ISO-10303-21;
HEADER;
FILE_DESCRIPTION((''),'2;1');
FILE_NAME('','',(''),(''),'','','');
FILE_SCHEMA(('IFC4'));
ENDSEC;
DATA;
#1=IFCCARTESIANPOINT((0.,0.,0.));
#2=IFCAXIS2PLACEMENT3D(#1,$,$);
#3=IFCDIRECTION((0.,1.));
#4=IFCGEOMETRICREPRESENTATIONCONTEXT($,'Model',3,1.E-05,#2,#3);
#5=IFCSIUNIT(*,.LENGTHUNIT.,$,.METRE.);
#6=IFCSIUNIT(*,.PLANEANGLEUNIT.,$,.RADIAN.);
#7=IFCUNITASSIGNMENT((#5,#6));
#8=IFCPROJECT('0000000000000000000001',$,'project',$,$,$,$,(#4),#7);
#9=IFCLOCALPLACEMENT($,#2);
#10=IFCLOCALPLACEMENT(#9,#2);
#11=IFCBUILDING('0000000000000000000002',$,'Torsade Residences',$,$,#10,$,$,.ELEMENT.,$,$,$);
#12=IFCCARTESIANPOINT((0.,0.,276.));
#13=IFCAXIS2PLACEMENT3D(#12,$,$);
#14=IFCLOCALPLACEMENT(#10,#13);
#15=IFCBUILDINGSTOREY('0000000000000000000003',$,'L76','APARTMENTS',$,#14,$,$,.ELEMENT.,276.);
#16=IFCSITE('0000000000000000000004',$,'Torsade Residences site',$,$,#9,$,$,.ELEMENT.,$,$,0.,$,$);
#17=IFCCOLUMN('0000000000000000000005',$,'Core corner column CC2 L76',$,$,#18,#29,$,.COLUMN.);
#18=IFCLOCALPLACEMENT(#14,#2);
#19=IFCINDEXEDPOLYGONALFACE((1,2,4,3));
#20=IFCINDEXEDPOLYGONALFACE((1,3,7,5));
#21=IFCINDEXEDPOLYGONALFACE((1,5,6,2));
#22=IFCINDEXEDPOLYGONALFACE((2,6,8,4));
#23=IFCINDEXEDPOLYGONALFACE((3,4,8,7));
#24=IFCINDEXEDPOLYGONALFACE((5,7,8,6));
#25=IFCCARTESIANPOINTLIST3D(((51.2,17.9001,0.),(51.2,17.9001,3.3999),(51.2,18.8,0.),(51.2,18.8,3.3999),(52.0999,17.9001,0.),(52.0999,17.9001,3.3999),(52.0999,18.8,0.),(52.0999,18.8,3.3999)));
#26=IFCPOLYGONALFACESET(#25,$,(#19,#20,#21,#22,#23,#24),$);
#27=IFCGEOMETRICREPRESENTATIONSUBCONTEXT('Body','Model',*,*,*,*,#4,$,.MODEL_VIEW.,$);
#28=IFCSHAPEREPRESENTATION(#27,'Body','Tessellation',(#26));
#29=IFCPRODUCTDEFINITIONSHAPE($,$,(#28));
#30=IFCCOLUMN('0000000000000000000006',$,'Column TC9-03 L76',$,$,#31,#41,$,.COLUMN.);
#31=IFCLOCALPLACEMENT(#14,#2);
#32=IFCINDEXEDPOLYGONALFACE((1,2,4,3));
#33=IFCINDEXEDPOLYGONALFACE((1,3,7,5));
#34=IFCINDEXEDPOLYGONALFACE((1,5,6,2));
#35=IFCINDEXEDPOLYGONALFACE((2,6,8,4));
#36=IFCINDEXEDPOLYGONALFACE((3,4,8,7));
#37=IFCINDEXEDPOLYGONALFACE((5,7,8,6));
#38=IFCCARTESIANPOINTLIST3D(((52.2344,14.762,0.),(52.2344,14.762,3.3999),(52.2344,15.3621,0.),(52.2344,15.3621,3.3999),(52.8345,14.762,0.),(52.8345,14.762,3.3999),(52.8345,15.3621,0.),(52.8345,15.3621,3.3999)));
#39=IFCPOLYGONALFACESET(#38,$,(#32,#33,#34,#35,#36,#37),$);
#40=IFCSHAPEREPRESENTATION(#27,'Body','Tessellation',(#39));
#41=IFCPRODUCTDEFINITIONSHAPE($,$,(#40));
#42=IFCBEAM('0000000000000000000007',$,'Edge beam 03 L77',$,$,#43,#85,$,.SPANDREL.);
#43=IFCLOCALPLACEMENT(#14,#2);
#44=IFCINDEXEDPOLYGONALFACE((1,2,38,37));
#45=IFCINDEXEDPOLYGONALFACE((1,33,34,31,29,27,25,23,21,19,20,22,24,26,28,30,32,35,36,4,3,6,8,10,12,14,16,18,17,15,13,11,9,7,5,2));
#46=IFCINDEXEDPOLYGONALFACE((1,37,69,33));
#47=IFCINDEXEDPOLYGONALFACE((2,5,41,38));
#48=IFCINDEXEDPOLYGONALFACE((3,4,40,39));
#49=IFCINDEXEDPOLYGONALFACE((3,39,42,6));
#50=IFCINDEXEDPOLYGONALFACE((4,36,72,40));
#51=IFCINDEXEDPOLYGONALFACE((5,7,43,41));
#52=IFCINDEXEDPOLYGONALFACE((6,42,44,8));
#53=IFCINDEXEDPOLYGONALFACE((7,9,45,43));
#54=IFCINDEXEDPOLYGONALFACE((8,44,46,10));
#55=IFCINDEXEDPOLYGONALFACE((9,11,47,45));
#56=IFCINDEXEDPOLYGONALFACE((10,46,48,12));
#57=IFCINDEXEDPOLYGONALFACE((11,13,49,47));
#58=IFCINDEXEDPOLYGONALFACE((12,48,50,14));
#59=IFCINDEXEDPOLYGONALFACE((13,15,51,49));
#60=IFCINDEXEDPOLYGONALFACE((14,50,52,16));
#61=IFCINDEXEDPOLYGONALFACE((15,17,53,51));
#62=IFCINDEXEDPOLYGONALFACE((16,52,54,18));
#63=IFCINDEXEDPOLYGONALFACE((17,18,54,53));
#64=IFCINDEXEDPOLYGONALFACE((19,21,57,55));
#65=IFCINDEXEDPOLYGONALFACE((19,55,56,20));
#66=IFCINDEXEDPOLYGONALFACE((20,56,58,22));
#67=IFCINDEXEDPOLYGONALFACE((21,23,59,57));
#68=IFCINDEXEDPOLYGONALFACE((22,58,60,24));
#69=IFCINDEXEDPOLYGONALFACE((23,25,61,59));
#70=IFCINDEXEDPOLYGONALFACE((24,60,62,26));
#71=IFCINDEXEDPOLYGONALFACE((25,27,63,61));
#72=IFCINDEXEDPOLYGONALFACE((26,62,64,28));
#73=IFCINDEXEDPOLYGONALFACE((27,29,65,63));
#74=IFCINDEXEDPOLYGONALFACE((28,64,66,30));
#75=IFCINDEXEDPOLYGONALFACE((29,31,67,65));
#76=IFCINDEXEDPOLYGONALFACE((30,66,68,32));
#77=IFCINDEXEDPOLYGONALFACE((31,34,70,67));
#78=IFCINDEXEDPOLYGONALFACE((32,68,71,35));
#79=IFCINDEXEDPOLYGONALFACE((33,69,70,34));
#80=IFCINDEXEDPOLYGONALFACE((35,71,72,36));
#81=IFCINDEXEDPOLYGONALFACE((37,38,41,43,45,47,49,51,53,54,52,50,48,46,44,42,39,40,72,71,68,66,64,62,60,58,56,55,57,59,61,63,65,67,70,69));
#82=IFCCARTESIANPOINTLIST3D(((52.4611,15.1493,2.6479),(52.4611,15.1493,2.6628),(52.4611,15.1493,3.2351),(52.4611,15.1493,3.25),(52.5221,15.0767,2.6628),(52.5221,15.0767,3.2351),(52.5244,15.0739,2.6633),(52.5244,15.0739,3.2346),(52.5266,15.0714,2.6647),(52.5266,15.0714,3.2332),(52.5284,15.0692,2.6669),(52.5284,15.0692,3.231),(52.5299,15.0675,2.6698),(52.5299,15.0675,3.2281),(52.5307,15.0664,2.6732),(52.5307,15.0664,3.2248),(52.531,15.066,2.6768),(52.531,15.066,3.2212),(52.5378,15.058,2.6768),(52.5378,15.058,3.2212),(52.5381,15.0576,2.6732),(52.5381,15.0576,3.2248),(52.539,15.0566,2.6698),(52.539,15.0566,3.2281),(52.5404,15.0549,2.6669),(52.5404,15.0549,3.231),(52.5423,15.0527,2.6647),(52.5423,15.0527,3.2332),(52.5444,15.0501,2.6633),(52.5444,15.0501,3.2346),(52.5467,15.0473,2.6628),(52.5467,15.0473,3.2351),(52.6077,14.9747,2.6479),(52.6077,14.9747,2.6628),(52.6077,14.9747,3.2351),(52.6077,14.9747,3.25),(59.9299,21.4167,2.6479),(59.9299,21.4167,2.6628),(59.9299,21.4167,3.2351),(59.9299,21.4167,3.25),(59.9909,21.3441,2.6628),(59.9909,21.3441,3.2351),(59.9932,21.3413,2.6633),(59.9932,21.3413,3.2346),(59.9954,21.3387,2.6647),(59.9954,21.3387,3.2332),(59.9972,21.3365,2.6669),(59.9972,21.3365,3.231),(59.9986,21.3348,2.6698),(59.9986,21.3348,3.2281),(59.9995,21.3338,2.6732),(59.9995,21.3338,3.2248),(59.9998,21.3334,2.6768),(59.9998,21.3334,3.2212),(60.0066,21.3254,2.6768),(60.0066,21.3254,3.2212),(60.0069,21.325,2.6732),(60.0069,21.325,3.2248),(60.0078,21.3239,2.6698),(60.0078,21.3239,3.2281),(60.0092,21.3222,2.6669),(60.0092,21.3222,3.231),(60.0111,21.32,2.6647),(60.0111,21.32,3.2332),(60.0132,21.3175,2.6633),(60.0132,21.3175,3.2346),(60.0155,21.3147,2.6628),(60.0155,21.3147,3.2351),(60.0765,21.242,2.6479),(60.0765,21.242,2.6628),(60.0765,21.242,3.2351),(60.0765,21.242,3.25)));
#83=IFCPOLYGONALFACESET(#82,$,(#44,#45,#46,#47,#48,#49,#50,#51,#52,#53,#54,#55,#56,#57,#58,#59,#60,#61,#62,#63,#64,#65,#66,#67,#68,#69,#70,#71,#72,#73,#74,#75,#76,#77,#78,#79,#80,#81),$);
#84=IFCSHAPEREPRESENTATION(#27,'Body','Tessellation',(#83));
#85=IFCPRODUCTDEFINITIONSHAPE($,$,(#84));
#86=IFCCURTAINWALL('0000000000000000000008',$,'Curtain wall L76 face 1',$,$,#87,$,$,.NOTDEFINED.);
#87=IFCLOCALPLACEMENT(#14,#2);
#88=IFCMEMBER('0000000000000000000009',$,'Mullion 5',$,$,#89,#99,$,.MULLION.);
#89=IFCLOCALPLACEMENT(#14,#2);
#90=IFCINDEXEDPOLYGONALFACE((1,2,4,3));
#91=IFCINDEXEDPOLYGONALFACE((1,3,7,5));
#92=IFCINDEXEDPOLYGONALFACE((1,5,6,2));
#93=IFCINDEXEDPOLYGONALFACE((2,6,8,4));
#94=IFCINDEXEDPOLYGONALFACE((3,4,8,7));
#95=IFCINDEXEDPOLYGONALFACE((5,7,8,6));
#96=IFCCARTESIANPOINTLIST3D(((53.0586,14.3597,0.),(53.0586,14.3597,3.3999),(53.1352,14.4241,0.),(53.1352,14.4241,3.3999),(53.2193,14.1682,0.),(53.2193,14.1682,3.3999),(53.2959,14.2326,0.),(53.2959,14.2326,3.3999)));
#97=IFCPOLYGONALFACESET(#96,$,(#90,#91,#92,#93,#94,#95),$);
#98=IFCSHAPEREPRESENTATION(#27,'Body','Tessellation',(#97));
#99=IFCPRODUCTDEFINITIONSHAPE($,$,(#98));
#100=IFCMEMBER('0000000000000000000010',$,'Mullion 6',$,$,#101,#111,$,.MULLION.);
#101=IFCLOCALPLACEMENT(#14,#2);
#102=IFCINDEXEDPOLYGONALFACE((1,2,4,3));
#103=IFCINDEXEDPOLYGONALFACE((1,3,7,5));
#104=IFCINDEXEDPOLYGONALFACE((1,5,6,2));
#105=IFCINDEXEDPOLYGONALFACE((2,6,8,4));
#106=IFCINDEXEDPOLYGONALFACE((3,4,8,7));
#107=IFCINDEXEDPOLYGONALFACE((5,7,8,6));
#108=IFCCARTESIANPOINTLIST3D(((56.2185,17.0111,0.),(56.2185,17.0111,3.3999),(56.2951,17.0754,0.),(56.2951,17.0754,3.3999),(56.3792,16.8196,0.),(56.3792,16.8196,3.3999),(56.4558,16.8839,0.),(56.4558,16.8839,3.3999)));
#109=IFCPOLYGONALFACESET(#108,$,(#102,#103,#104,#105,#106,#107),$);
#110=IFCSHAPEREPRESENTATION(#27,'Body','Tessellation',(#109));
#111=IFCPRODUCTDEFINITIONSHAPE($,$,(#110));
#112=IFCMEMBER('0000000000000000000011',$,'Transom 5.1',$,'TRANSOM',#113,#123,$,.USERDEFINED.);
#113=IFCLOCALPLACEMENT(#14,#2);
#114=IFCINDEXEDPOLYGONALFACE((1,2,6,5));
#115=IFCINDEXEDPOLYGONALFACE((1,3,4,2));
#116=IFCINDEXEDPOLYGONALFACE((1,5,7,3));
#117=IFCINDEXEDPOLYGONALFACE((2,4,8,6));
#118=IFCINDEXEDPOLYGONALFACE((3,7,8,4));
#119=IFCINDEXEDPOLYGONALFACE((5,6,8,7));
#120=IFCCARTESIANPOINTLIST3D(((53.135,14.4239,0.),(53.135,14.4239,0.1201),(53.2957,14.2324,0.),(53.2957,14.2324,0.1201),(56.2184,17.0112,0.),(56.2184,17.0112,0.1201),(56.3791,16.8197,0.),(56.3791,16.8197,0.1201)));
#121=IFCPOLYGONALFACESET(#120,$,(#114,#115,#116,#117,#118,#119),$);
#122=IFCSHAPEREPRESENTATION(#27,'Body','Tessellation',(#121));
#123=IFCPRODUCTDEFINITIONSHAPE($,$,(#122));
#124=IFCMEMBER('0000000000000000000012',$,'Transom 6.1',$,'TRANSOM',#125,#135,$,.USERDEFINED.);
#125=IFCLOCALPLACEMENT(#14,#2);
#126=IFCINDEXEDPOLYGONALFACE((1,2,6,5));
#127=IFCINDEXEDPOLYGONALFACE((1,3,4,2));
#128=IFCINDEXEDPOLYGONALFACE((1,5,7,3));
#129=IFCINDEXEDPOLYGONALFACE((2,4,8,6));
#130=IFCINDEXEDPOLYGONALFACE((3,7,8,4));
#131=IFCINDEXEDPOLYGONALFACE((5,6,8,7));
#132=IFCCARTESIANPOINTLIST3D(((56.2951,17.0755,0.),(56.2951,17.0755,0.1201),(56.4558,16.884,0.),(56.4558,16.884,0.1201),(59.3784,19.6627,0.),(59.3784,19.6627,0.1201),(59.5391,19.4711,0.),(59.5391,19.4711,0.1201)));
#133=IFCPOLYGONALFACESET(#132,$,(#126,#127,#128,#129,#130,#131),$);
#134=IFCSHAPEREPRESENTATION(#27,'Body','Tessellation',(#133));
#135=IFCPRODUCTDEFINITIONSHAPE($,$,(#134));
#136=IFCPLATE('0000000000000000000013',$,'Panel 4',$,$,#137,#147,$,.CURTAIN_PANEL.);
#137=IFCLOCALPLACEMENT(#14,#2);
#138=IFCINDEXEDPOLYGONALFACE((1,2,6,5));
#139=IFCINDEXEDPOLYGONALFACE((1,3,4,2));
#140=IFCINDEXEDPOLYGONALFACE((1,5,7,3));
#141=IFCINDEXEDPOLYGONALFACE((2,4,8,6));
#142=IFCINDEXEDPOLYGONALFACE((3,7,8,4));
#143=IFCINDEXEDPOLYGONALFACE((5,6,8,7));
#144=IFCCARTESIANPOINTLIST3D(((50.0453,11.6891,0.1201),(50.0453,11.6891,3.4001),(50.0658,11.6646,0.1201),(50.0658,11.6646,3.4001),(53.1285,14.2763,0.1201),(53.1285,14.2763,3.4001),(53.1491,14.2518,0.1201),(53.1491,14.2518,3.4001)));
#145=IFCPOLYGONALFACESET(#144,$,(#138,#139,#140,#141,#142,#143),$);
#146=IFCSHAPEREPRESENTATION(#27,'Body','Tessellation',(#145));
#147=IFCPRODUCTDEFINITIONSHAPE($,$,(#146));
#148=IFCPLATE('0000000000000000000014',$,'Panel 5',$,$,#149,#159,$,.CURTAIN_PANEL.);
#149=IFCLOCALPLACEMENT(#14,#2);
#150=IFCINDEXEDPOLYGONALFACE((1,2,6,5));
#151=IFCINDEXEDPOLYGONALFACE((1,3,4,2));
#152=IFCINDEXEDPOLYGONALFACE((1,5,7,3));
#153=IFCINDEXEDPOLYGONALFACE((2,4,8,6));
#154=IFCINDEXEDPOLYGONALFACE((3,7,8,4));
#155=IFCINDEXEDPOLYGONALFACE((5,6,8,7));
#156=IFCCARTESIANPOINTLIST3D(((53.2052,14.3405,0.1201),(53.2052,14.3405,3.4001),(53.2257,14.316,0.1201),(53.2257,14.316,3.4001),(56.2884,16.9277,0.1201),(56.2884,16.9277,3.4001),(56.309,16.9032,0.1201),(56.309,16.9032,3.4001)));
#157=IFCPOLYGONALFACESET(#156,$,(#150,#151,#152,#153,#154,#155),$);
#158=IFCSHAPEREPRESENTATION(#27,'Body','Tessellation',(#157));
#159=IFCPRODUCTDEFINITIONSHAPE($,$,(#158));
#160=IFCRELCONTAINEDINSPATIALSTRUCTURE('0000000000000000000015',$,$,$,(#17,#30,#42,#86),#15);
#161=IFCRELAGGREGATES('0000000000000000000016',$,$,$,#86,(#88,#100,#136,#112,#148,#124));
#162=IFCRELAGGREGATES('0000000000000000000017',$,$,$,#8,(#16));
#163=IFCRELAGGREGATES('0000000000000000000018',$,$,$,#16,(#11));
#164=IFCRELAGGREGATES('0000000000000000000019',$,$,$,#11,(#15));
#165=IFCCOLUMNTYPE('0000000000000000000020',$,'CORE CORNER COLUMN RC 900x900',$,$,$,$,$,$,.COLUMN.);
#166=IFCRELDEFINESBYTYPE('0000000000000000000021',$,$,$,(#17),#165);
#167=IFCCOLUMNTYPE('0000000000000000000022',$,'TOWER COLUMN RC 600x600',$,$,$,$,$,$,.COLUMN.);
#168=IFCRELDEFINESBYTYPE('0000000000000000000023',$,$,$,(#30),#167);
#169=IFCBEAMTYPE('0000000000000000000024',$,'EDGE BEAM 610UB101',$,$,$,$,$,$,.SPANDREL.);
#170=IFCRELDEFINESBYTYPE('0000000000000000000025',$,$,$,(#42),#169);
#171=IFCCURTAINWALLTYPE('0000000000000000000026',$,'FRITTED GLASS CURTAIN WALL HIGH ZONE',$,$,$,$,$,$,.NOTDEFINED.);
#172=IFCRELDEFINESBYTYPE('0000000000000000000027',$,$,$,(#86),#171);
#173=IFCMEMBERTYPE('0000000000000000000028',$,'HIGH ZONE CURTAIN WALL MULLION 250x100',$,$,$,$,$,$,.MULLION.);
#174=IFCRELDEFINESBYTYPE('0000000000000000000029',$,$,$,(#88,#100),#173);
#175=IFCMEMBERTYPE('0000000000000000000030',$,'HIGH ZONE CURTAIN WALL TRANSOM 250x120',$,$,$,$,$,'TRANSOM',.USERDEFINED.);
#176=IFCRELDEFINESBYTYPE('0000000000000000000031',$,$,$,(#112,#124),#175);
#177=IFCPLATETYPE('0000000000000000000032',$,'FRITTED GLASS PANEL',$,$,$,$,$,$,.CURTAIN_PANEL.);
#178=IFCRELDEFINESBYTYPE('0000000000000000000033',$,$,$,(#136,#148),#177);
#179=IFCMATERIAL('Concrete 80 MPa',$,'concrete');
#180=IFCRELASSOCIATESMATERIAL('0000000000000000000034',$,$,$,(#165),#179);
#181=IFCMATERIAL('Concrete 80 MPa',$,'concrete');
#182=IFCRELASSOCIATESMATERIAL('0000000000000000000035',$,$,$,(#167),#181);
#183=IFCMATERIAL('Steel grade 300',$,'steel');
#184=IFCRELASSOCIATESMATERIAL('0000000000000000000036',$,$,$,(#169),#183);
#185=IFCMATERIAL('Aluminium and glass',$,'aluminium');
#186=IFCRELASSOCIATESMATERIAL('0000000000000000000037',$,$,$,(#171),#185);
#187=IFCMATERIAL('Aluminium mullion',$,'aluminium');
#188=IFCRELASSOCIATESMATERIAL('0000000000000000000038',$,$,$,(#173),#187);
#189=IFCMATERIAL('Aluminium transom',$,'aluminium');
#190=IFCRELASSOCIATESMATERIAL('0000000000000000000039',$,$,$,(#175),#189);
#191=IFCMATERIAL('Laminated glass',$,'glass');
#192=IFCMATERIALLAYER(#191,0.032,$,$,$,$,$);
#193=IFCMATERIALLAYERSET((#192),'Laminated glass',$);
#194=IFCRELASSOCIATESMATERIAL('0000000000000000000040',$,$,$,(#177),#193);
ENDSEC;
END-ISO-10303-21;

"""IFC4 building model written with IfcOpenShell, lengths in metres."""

from ifc_helpers import new_model, si_unit, direction, frame, origin, origin_2d, place, context, subcontext, project, spatial, rectangle, i_section, extrude, material, layer, layer_set, material_profile, profile_set, type_object, element, aggregate, save


model = new_model("IFC4")

# Units and contexts
model_context = context("Model", 3, precision=1e-05, world=origin(), true_north=direction((0.0, 1.0)))
body_context = subcontext(model_context, "Body", "Model", "MODEL_VIEW")
ifc_project = project(units=[si_unit("LENGTHUNIT", "METRE"), si_unit("PLANEANGLEUNIT", "RADIAN")], contexts=[model_context])

# Site, building, storey
site_placement = place(None, origin())
site = spatial("IfcSite", under=ifc_project, at=site_placement, Name="Torsade Residences site", CompositionType="ELEMENT", RefElevation=0.0)
building_placement = place(site_placement, origin())
building = spatial("IfcBuilding", under=site, at=building_placement, Name="Torsade Residences", CompositionType="ELEMENT")
storey_placement = place(building_placement, frame((0.0, 0.0, 276.0)))
storey = spatial("IfcBuildingStorey", under=building, at=storey_placement, Name="L76", Description="APARTMENTS", CompositionType="ELEMENT", Elevation=276.0)

# Columns
ifc_material_1 = material(Name="Concrete 80 MPa", Category="concrete")
ifc_material_profile_1 = material_profile(ifc_material_1, rectangle(XDim=0.8999, YDim=0.8999, at=origin_2d()), Name="RC 900x900")
ifc_profile_set_1 = profile_set([ifc_material_profile_1], Name="Concrete 80 MPa")
column_type_1 = type_object("IfcColumnType", Name="CORE CORNER COLUMN RC 900x900", PredefinedType="COLUMN", material=ifc_profile_set_1)
column_1_placement = place(storey_placement, frame((51.6499, 18.3501, 0.0), z_axis=(0.0, 0.0, 1.0), x_axis=(1.0, 0.0, 0.0)))
element("IfcColumn", 1, at=column_1_placement, inside=storey, type_object=column_type_1, Name="Core corner column CC2 L76", PredefinedType="COLUMN", context=body_context, shape_type="SweptSolid", body=[
    extrude(rectangle(XDim=0.8999, YDim=0.8999, at=origin_2d()), origin(), (0.0, 0.0, 1.0), 3.3999),
])
ifc_material_2 = material(Name="Concrete 80 MPa", Category="concrete")
ifc_material_profile_2 = material_profile(ifc_material_2, rectangle(XDim=0.6001, YDim=0.6001, at=origin_2d()), Name="RC 600x600")
ifc_profile_set_2 = profile_set([ifc_material_profile_2], Name="Concrete 80 MPa")
column_type_2 = type_object("IfcColumnType", Name="TOWER COLUMN RC 600x600", PredefinedType="COLUMN", material=ifc_profile_set_2)
column_2_placement = place(storey_placement, frame((52.5344, 15.062, 0.0), z_axis=(0.0, 0.0, 1.0), x_axis=(1.0, 0.0, 0.0)))
element("IfcColumn", 2, at=column_2_placement, inside=storey, type_object=column_type_2, Name="Column TC9-03 L76", PredefinedType="COLUMN", context=body_context, shape_type="SweptSolid", body=[
    extrude(rectangle(XDim=0.6001, YDim=0.6001, at=origin_2d()), origin(), (0.0, 0.0, 1.0), 3.3999),
])

# Beam
ifc_material_3 = material(Name="Steel grade 300", Category="steel")
ifc_material_profile_3 = material_profile(ifc_material_3, i_section(OverallWidth=0.228, OverallDepth=0.6021, WebThickness=0.0105, FlangeThickness=0.0149, FilletRadius=0.0139, at=origin_2d()), Name="610UB101")
ifc_profile_set_3 = profile_set([ifc_material_profile_3], Name="Steel grade 300")
beam_type = type_object("IfcBeamType", Name="EDGE BEAM 610UB101", PredefinedType="SPANDREL", material=ifc_profile_set_3)
beam_placement = place(storey_placement, frame((52.5344, 15.062, 2.949), z_axis=(0.766029, 0.642806, 0.0), x_axis=(-0.642806, 0.766029, 0.0)))
element("IfcBeam", 3, at=beam_placement, inside=storey, type_object=beam_type, Name="Edge beam 03 L77", PredefinedType="SPANDREL", context=body_context, shape_type="SweptSolid", body=[
    extrude(i_section(OverallWidth=0.228, OverallDepth=0.6021, WebThickness=0.0105, FlangeThickness=0.0149, FilletRadius=0.0139, at=origin_2d()), origin(), (0.0, 0.0, 1.0), 9.75),
])

# Curtain wall, members, plates
ifc_material_4 = material(Name="Aluminium and glass", Category="aluminium")
curtain_wall_type = type_object("IfcCurtainWallType", Name="FRITTED GLASS CURTAIN WALL HIGH ZONE", PredefinedType="NOTDEFINED", material=ifc_material_4)
curtain_wall_placement = place(storey_placement, origin())
curtain_wall = element("IfcCurtainWall", 4, at=curtain_wall_placement, inside=storey, type_object=curtain_wall_type, Name="Curtain wall L76 face 1", PredefinedType="NOTDEFINED")
ifc_material_5 = material(Name="Aluminium mullion", Category="aluminium")
ifc_material_profile_4 = material_profile(ifc_material_5, rectangle(XDim=0.25, YDim=0.1001, at=origin_2d()), Name="HIGH ZONE CURTAIN WALL MULLION 250x100")
ifc_profile_set_4 = profile_set([ifc_material_profile_4], Name="Aluminium mullion")
member_type_1 = type_object("IfcMemberType", Name="HIGH ZONE CURTAIN WALL MULLION 250x100", PredefinedType="MULLION", material=ifc_profile_set_4)
member_1_placement = place(storey_placement, frame((53.1772, 14.2961, 0.0), z_axis=(0.0, 0.0, 1.0), x_axis=(-0.642788, 0.766044, 0.0)))
member_1 = element("IfcMember", 5, at=member_1_placement, type_object=member_type_1, Name="Mullion 5", PredefinedType="MULLION", context=body_context, shape_type="SweptSolid", body=[
    extrude(rectangle(XDim=0.25, YDim=0.1001, at=origin_2d()), origin(), (0.0, 0.0, 1.0), 3.3999),
])
member_2_placement = place(storey_placement, frame((56.3372, 16.9475, 0.0), z_axis=(0.0, 0.0, 1.0), x_axis=(-0.642788, 0.766044, 0.0)))
member_2 = element("IfcMember", 6, at=member_2_placement, type_object=member_type_1, Name="Mullion 6", PredefinedType="MULLION", context=body_context, shape_type="SweptSolid", body=[
    extrude(rectangle(XDim=0.25, YDim=0.1001, at=origin_2d()), origin(), (0.0, 0.0, 1.0), 3.3999),
])
ifc_material_6 = material(Name="Aluminium transom", Category="aluminium")
ifc_material_profile_5 = material_profile(ifc_material_6, rectangle(XDim=0.25, YDim=0.1201, at=origin_2d()), Name="HIGH ZONE CURTAIN WALL TRANSOM 250x120")
ifc_profile_set_5 = profile_set([ifc_material_profile_5], Name="Aluminium transom")
member_type_2 = type_object("IfcMemberType", Name="HIGH ZONE CURTAIN WALL TRANSOM 250x120", ElementType="TRANSOM", PredefinedType="USERDEFINED", material=ifc_profile_set_5)
member_3_placement = place(storey_placement, frame((53.2153, 14.3281, 0.0601), z_axis=(0.766039, 0.642794, 0.0), x_axis=(-0.642794, 0.766039, 0.0)))
member_3 = element("IfcMember", 7, at=member_3_placement, type_object=member_type_2, Name="Transom 5.1", ObjectType="TRANSOM", PredefinedType="USERDEFINED", context=body_context, shape_type="SweptSolid", body=[
    extrude(rectangle(XDim=0.25, YDim=0.1201, at=origin_2d()), origin(), (0.0, 0.0, 1.0), 4.0251),
])
member_4_placement = place(storey_placement, frame((56.3755, 16.9797, 0.0601), z_axis=(0.766044, 0.642788, 0.0), x_axis=(-0.642788, 0.766044, 0.0)))
member_4 = element("IfcMember", 8, at=member_4_placement, type_object=member_type_2, Name="Transom 6.1", ObjectType="TRANSOM", PredefinedType="USERDEFINED", context=body_context, shape_type="SweptSolid", body=[
    extrude(rectangle(XDim=0.25, YDim=0.1201, at=origin_2d()), origin(), (0.0, 0.0, 1.0), 4.0249),
])
ifc_material_7 = material(Name="Laminated glass", Category="glass")
ifc_layer_1 = layer(ifc_material_7, 0.032)
ifc_layer_set_1 = layer_set([ifc_layer_1], Name="Laminated glass")
plate_type = type_object("IfcPlateType", Name="FRITTED GLASS PANEL", PredefinedType="CURTAIN_PANEL", material=ifc_layer_set_1)
plate_1_placement = place(storey_placement, frame((51.5972, 12.9705, 0.1201), z_axis=(0.0, 0.0, 1.0), x_axis=(0.766044, 0.642788, 0.0)))
plate_1 = element("IfcPlate", 9, at=plate_1_placement, type_object=plate_type, Name="Panel 4", PredefinedType="CURTAIN_PANEL", context=body_context, shape_type="SweptSolid", body=[
    extrude(rectangle(XDim=4.0249, YDim=0.032, at=origin_2d()), origin(), (0.0, 0.0, 1.0), 3.28),
])
plate_2_placement = place(storey_placement, frame((54.7571, 15.6218, 0.1201), z_axis=(0.0, 0.0, 1.0), x_axis=(0.766044, 0.642788, 0.0)))
plate_2 = element("IfcPlate", 10, at=plate_2_placement, type_object=plate_type, Name="Panel 5", PredefinedType="CURTAIN_PANEL", context=body_context, shape_type="SweptSolid", body=[
    extrude(rectangle(XDim=4.0249, YDim=0.032, at=origin_2d()), origin(), (0.0, 0.0, 1.0), 3.28),
])
aggregate(curtain_wall, [member_1, member_2, plate_1, member_3, plate_2, member_4])

save(model, "model.ifc")
